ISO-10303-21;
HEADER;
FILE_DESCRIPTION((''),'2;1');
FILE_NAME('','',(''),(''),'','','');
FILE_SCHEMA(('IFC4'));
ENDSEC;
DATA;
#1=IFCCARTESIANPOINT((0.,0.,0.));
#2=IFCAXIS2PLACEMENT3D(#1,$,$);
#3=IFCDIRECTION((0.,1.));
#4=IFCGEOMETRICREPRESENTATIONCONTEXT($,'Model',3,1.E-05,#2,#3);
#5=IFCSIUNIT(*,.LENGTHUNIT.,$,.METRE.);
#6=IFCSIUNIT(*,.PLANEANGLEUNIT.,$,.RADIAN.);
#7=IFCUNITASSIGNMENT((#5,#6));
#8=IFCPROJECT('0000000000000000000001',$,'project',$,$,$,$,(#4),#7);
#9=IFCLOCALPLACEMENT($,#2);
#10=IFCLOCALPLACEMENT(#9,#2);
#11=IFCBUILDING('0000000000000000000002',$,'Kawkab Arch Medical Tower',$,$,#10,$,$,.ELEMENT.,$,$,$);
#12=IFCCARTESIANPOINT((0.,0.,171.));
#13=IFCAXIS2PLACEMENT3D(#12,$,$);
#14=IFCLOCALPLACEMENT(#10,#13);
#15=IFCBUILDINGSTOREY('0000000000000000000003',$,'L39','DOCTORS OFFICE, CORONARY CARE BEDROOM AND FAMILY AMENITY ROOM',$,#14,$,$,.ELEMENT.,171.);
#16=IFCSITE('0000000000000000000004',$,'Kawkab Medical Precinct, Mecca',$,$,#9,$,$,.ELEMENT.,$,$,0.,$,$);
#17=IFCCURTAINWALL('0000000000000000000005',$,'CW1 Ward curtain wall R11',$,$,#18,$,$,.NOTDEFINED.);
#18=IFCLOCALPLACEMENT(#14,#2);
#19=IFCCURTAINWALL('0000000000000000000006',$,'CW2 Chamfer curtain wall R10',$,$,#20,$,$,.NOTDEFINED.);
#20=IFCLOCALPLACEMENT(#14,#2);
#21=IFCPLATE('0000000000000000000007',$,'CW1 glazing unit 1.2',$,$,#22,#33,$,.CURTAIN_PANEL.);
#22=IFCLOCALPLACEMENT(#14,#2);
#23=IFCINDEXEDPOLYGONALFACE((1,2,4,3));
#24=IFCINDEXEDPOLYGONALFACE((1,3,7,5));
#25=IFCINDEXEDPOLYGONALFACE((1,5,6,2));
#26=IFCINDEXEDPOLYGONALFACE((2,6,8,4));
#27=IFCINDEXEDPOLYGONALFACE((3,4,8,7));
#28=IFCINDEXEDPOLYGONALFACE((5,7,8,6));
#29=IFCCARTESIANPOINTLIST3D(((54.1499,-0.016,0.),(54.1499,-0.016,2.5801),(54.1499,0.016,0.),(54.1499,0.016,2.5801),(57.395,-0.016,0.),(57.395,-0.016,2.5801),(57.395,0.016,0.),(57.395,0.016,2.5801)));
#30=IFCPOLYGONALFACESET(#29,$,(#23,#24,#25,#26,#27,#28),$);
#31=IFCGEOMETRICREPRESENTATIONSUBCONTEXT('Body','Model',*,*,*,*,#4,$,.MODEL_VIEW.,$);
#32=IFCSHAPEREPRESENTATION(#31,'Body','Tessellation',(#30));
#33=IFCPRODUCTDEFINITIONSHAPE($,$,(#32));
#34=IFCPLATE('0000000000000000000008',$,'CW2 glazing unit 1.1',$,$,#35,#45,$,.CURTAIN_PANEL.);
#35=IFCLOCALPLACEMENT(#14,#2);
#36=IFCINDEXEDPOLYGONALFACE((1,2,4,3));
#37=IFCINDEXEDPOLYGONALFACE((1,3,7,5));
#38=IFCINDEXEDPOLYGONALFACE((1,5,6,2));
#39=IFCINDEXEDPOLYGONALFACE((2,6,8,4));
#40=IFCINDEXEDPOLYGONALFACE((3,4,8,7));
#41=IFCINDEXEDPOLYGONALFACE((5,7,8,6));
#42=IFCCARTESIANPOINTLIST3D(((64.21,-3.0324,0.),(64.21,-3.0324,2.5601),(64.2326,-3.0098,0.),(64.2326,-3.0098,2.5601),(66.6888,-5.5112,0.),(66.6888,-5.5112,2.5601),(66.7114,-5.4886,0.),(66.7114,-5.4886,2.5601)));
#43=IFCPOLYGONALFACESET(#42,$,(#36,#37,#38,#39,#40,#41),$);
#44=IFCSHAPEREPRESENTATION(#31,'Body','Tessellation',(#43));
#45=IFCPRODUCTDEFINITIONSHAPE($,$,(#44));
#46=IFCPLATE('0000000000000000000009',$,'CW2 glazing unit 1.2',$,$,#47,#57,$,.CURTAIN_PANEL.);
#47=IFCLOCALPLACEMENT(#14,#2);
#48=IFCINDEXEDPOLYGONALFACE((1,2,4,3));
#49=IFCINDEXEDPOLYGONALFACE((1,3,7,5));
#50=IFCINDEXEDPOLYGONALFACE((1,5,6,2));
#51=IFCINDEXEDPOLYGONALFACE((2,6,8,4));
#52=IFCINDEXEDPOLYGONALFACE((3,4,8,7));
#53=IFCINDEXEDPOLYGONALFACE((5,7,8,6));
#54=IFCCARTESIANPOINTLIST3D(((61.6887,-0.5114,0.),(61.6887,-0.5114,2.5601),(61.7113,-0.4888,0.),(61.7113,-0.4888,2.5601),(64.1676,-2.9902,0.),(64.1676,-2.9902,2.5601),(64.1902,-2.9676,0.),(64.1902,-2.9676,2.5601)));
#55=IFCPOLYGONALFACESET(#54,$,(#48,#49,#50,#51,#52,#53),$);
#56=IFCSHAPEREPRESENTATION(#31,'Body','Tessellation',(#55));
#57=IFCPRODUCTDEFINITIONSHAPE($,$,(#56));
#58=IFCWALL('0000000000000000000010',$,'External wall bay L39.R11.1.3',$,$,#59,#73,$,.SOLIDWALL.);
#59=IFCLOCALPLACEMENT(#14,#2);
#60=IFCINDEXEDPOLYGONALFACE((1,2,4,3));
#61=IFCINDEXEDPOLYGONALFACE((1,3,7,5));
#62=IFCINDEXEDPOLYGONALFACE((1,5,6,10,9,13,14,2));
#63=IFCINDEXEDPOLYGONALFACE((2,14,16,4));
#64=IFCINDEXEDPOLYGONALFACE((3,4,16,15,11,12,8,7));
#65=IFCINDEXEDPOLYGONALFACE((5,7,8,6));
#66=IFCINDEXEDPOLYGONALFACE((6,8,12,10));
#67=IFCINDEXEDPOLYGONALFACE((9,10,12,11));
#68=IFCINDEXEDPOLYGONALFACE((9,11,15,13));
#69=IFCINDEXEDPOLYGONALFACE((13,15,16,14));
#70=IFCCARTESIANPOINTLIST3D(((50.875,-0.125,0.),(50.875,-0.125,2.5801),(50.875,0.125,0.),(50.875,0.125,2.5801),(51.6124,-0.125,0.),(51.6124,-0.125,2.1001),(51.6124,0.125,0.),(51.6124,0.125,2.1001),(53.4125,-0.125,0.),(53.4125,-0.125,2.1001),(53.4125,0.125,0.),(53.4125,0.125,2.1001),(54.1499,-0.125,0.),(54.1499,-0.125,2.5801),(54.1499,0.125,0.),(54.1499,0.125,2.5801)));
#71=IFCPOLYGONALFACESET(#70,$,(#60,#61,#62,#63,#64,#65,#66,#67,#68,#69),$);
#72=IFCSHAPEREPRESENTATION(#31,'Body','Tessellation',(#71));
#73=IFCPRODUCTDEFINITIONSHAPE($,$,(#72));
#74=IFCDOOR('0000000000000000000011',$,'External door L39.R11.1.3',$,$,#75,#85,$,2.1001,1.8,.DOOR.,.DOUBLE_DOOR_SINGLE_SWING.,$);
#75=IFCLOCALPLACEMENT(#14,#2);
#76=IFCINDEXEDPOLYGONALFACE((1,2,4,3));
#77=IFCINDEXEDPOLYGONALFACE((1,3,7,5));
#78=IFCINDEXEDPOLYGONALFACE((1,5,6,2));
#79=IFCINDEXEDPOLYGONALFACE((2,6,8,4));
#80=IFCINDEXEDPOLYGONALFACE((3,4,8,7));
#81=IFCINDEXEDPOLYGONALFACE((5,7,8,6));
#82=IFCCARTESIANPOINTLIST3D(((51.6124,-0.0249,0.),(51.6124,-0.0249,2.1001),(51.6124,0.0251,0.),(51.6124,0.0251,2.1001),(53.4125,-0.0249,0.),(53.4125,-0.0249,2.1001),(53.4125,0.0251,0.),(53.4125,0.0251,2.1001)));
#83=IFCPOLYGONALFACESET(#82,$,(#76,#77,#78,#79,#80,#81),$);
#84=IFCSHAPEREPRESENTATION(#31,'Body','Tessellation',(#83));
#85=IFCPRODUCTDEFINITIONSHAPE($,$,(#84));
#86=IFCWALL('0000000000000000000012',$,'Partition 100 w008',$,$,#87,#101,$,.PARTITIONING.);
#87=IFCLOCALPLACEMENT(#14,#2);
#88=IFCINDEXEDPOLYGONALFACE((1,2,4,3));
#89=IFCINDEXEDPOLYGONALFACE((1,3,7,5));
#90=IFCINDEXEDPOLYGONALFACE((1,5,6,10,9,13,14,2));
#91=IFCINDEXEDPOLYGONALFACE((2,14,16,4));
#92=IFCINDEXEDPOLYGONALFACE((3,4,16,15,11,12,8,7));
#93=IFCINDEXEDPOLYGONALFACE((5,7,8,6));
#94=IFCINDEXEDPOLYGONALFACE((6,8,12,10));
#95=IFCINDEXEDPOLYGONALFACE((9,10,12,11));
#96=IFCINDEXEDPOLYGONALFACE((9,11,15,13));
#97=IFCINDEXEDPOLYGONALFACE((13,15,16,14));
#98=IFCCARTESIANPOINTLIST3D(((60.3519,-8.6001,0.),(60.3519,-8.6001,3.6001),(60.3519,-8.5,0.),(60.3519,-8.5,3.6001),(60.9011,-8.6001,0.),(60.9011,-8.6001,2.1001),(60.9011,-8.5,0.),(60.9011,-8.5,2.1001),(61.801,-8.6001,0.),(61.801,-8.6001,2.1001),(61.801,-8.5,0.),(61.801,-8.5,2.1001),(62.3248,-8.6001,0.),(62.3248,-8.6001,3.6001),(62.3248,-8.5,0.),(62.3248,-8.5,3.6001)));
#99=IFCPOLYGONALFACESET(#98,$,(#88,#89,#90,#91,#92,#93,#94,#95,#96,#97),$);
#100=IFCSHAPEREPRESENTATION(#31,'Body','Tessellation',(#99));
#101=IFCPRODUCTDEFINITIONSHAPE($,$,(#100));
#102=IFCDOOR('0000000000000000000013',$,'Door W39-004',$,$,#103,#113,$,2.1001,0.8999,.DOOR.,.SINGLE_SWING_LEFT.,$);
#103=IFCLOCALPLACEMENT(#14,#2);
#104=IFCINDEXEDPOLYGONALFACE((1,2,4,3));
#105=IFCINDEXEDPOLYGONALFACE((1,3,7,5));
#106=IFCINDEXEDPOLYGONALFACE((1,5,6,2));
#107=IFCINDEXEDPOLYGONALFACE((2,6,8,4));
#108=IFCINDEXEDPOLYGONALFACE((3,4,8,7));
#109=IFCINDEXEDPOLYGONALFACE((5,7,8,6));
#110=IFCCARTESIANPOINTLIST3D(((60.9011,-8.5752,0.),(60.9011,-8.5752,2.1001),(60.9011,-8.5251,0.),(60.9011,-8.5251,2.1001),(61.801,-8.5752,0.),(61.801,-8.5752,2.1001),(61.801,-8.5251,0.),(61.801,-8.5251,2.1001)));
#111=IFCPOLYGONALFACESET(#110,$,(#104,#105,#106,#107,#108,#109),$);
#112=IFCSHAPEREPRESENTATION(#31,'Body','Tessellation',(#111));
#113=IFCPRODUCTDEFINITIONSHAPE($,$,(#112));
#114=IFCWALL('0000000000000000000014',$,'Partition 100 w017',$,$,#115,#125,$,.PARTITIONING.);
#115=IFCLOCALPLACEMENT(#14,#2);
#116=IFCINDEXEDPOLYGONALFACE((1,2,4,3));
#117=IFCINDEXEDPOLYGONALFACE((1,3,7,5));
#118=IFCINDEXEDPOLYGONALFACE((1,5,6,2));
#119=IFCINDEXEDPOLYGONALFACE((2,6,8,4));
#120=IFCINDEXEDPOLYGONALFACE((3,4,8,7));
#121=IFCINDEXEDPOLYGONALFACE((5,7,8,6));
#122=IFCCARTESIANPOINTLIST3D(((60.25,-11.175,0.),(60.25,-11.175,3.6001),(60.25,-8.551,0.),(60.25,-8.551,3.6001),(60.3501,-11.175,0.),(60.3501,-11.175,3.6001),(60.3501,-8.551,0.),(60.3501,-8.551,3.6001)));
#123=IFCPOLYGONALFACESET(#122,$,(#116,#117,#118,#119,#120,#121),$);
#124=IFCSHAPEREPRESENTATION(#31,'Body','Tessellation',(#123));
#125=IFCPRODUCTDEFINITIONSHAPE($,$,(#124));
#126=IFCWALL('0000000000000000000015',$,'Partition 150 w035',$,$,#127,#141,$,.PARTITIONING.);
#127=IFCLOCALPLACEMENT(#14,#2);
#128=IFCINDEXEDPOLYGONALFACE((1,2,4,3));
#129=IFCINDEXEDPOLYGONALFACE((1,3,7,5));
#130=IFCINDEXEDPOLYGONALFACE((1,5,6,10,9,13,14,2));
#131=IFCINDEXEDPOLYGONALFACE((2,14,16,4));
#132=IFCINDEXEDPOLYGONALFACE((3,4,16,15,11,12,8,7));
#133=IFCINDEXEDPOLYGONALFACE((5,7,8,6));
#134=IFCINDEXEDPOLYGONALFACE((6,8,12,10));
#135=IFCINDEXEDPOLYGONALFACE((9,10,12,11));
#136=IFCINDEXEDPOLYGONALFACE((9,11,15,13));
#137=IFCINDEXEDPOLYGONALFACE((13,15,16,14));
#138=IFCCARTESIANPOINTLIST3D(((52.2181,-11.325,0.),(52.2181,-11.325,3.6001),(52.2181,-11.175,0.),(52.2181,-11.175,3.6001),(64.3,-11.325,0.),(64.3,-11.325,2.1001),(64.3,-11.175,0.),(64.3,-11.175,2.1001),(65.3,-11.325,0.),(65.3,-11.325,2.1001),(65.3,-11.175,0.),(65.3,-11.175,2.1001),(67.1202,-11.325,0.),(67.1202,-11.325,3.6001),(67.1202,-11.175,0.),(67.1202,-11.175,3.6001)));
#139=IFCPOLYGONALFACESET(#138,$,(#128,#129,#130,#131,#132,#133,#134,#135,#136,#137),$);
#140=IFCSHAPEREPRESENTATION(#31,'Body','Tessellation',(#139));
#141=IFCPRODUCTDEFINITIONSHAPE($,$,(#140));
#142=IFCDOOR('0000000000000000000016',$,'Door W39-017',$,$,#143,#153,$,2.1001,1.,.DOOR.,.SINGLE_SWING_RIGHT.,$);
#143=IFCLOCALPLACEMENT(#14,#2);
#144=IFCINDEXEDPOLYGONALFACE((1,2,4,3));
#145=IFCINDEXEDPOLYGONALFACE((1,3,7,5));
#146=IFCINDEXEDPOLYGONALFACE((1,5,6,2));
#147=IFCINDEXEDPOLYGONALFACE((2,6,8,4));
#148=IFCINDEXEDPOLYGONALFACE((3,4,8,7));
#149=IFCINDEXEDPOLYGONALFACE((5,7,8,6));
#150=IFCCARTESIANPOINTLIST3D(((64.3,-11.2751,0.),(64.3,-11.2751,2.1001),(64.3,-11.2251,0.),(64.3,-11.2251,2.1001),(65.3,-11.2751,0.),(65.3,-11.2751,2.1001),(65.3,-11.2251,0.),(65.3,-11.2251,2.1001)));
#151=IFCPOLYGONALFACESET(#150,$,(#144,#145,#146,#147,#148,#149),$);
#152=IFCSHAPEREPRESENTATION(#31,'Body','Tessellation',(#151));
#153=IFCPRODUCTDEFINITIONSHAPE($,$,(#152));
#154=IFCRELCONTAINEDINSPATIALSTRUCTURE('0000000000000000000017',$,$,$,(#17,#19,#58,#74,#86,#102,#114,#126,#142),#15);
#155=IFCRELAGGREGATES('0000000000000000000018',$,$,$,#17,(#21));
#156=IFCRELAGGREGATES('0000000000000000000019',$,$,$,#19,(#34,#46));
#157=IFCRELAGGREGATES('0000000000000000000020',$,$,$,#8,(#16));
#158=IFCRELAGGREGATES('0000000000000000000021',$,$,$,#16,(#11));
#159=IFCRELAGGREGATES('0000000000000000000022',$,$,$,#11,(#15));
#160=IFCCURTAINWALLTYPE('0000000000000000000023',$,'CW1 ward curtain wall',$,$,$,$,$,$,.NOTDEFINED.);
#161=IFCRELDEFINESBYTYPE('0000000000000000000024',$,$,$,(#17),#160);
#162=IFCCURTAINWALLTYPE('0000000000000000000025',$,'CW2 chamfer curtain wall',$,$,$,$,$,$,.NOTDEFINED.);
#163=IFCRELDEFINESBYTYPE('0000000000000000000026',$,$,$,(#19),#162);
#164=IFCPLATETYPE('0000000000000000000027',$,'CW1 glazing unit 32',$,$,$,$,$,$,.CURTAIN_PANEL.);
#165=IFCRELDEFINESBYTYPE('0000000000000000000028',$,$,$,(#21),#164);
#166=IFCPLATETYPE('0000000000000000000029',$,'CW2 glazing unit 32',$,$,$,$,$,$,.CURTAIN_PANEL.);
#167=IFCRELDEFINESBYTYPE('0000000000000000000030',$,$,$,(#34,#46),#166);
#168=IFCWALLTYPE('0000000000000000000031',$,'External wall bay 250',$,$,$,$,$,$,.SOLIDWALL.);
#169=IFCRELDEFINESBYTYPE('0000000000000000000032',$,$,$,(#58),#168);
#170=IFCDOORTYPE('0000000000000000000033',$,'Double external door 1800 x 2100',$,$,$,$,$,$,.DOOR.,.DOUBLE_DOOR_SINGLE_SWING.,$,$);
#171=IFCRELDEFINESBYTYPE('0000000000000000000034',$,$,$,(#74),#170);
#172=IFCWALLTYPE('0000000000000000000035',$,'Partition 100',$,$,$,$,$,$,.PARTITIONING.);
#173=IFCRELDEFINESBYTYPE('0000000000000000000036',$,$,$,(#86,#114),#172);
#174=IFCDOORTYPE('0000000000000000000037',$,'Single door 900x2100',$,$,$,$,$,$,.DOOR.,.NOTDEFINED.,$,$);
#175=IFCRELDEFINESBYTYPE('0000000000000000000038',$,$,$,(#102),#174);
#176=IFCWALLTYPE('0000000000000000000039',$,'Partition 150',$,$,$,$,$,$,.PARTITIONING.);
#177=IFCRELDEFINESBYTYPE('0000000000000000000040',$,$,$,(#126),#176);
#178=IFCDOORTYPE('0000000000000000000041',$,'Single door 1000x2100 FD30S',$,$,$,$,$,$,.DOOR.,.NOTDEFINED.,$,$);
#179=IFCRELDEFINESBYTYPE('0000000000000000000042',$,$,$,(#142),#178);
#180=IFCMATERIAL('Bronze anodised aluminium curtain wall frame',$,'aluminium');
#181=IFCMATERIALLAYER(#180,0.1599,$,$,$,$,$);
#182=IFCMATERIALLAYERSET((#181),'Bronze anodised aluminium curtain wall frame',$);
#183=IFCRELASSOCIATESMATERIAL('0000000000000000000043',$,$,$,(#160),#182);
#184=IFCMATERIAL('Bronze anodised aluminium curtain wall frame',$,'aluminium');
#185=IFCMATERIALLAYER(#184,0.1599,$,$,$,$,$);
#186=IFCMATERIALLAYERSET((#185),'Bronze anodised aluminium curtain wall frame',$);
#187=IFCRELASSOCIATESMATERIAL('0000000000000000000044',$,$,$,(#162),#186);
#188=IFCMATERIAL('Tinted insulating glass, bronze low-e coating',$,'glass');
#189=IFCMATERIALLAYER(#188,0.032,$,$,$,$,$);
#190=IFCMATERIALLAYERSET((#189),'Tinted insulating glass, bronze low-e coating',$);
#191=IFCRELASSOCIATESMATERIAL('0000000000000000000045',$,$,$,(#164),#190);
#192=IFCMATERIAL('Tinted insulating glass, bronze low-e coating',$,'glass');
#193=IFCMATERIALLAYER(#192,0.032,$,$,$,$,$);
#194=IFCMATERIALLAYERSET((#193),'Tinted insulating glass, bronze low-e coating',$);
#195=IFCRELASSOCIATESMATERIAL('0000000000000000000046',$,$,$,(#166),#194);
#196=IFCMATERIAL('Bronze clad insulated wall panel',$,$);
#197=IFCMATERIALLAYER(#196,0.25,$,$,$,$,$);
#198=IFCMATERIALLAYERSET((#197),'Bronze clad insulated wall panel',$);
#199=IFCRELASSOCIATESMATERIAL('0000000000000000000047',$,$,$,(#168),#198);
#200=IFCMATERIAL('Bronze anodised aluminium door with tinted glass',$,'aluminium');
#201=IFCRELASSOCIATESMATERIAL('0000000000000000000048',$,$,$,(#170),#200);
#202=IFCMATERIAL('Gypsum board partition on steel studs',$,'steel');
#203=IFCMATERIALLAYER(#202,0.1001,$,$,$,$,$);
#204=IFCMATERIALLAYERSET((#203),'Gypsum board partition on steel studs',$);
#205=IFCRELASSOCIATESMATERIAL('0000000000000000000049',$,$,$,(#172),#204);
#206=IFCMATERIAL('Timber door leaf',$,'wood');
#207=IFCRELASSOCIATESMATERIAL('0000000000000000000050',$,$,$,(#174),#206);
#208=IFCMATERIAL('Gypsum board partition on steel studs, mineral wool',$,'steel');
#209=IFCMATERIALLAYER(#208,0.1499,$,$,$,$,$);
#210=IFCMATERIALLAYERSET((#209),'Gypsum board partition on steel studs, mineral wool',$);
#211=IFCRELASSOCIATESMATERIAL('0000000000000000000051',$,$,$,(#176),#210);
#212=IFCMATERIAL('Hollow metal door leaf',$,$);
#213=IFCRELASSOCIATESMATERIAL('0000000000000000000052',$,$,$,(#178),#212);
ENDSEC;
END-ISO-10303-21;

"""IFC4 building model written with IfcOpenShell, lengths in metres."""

from ifc_helpers import new_model, si_unit, direction, frame, frame_2d, origin, origin_2d, place, context, subcontext, project, spatial, rectangle, extrude, material, layer, layer_set, type_object, element, fill, aggregate, save


model = new_model("IFC4")

# Units and contexts
model_context = context("Model", 3, precision=1e-05, world=origin(), true_north=direction((0.0, 1.0)))
body_context = subcontext(model_context, "Body", "Model", "MODEL_VIEW")
ifc_project = project(units=[si_unit("LENGTHUNIT", "METRE"), si_unit("PLANEANGLEUNIT", "RADIAN")], contexts=[model_context])

# Site, building, storey
site_placement = place(None, origin())
site = spatial("IfcSite", under=ifc_project, at=site_placement, Name="Kawkab Medical Precinct, Mecca", CompositionType="ELEMENT", RefElevation=0.0)
building_placement = place(site_placement, origin())
building = spatial("IfcBuilding", under=site, at=building_placement, Name="Kawkab Arch Medical Tower", CompositionType="ELEMENT")
storey_placement = place(building_placement, frame((0.0, 0.0, 171.0)))
storey = spatial("IfcBuildingStorey", under=building, at=storey_placement, Name="L39", Description="DOCTORS OFFICE, CORONARY CARE BEDROOM AND FAMILY AMENITY ROOM", CompositionType="ELEMENT", Elevation=171.0)

# Shared definitions
ifc_material_1 = material(Name="Bronze anodised aluminium curtain wall frame", Category="aluminium")
ifc_layer_1 = layer(ifc_material_1, 0.1599)
ifc_layer_set_1 = layer_set([ifc_layer_1], Name="Bronze anodised aluminium curtain wall frame")
curtain_wall_type_1 = type_object("IfcCurtainWallType", Name="CW1 ward curtain wall", PredefinedType="NOTDEFINED", material=ifc_layer_set_1)
placement = place(storey_placement, origin())

# Curtain walls
curtain_wall_1 = element("IfcCurtainWall", 1, at=placement, inside=storey, type_object=curtain_wall_type_1, Name="CW1 Ward curtain wall R11", PredefinedType="NOTDEFINED")
ifc_material_2 = material(Name="Bronze anodised aluminium curtain wall frame", Category="aluminium")
ifc_layer_2 = layer(ifc_material_2, 0.1599)
ifc_layer_set_2 = layer_set([ifc_layer_2], Name="Bronze anodised aluminium curtain wall frame")
curtain_wall_type_2 = type_object("IfcCurtainWallType", Name="CW2 chamfer curtain wall", PredefinedType="NOTDEFINED", material=ifc_layer_set_2)
curtain_wall_2 = element("IfcCurtainWall", 2, at=placement, inside=storey, type_object=curtain_wall_type_2, Name="CW2 Chamfer curtain wall R10", PredefinedType="NOTDEFINED")

# Plates
ifc_material_3 = material(Name="Tinted insulating glass, bronze low-e coating", Category="glass")
ifc_layer_3 = layer(ifc_material_3, 0.032)
ifc_layer_set_3 = layer_set([ifc_layer_3], Name="Tinted insulating glass, bronze low-e coating")
plate_type_1 = type_object("IfcPlateType", Name="CW1 glazing unit 32", PredefinedType="CURTAIN_PANEL", material=ifc_layer_set_3)
plate_1_placement = place(storey_placement, frame((55.7725, 0.0, 0.0), z_axis=(0.0, 0.0, 1.0), x_axis=(-1.0, 0.0, 0.0)))
plate_1 = element("IfcPlate", 3, at=plate_1_placement, type_object=plate_type_1, Name="CW1 glazing unit 1.2", PredefinedType="CURTAIN_PANEL", context=body_context, shape_type="SweptSolid", body=[
    extrude(rectangle(XDim=3.2451, YDim=0.032, at=origin_2d()), origin(), (0.0, 0.0, 1.0), 2.5801),
])
aggregate(curtain_wall_1, [plate_1])
ifc_material_4 = material(Name="Tinted insulating glass, bronze low-e coating", Category="glass")
ifc_layer_4 = layer(ifc_material_4, 0.032)
ifc_layer_set_4 = layer_set([ifc_layer_4], Name="Tinted insulating glass, bronze low-e coating")
plate_type_2 = type_object("IfcPlateType", Name="CW2 glazing unit 32", PredefinedType="CURTAIN_PANEL", material=ifc_layer_set_4)
plate_2_placement = place(storey_placement, frame((65.4607, -4.2605, 0.0), z_axis=(0.0, 0.0, 1.0), x_axis=(-0.707107, 0.707107, 0.0)))
plate_2 = element("IfcPlate", 4, at=plate_2_placement, type_object=plate_type_2, Name="CW2 glazing unit 1.1", PredefinedType="CURTAIN_PANEL", context=body_context, shape_type="SweptSolid", body=[
    extrude(rectangle(XDim=3.5056, YDim=0.032, at=origin_2d()), origin(), (0.0, 0.0, 1.0), 2.5601),
])
plate_3_placement = place(storey_placement, frame((62.9395, -1.7395, 0.0), z_axis=(0.0, 0.0, 1.0), x_axis=(-0.707107, 0.707107, 0.0)))
plate_3 = element("IfcPlate", 5, at=plate_3_placement, type_object=plate_type_2, Name="CW2 glazing unit 1.2", PredefinedType="CURTAIN_PANEL", context=body_context, shape_type="SweptSolid", body=[
    extrude(rectangle(XDim=3.5056, YDim=0.032, at=origin_2d()), origin(), (0.0, 0.0, 1.0), 2.5601),
])
aggregate(curtain_wall_2, [plate_2, plate_3])

# Walls, openings, doors
ifc_material_5 = material(Name="Bronze clad insulated wall panel")
ifc_layer_5 = layer(ifc_material_5, 0.25)
ifc_layer_set_5 = layer_set([ifc_layer_5], Name="Bronze clad insulated wall panel")
wall_type_1 = type_object("IfcWallType", Name="External wall bay 250", PredefinedType="SOLIDWALL", material=ifc_layer_set_5)
wall_1_placement = place(storey_placement, frame((54.1499, 0.0, 0.0), z_axis=(0.0, 0.0, 1.0), x_axis=(-1.0, 0.0, 0.0)))
wall_1 = element("IfcWall", 6, at=wall_1_placement, inside=storey, type_object=wall_type_1, Name="External wall bay L39.R11.1.3", PredefinedType="SOLIDWALL", context=body_context, shape_type="SweptSolid", body=[
    extrude(rectangle(XDim=3.2749, YDim=0.25, at=frame_2d((1.6375, 0.0))), origin(), (0.0, 0.0, 1.0), 2.5801),
])
opening_1_placement = place(wall_1_placement, frame((0.7375, 0.0, 0.0)))
opening_1 = element("IfcOpeningElement", 7, at=opening_1_placement, cuts=wall_1, PredefinedType="OPENING", context=body_context, shape_type="SweptSolid", body=[
    extrude(rectangle(XDim=1.8, YDim=2.1001, at=frame_2d((0.8999, 1.05))), frame((0.0, 0.135, 0.0), z_axis=(0.0, -1.0, 0.0), x_axis=(1.0, 0.0, 0.0)), (0.0, 0.0, 1.0), 0.27),
])
ifc_material_6 = material(Name="Bronze anodised aluminium door with tinted glass", Category="aluminium")
door_type_1 = type_object("IfcDoorType", Name="Double external door 1800 x 2100", OperationType="DOUBLE_DOOR_SINGLE_SWING", PredefinedType="DOOR", material=ifc_material_6)
door_1_placement = place(opening_1_placement, origin())
door_1 = element("IfcDoor", 8, at=door_1_placement, inside=storey, type_object=door_type_1, Name="External door L39.R11.1.3", OperationType="DOUBLE_DOOR_SINGLE_SWING", OverallHeight=2.1001, OverallWidth=1.8, PredefinedType="DOOR", context=body_context, shape_type="SweptSolid", body=[
    extrude(rectangle(XDim=1.8, YDim=2.1001, at=frame_2d((0.8999, 1.05))), frame((0.0, 0.0249, 0.0), z_axis=(0.0, -1.0, 0.0), x_axis=(1.0, 0.0, 0.0)), (0.0, 0.0, 1.0), 0.05),
])
fill(opening_1, door_1)
ifc_material_7 = material(Name="Gypsum board partition on steel studs", Category="steel")
ifc_layer_6 = layer(ifc_material_7, 0.1001)
ifc_layer_set_6 = layer_set([ifc_layer_6], Name="Gypsum board partition on steel studs")
wall_type_2 = type_object("IfcWallType", Name="Partition 100", PredefinedType="PARTITIONING", material=ifc_layer_set_6)
wall_2_placement = place(storey_placement, frame((60.3521, -8.55, 0.0), z_axis=(0.0, 0.0, 1.0), x_axis=(1.0, 0.0, 0.0)))
wall_2 = element("IfcWall", 9, at=wall_2_placement, inside=storey, type_object=wall_type_2, Name="Partition 100 w008", PredefinedType="PARTITIONING", context=body_context, shape_type="SweptSolid", body=[
    extrude(rectangle(XDim=1.9729, YDim=0.1001, at=frame_2d((0.9863, 0.0))), origin(), (0.0, 0.0, 1.0), 3.6001),
])
opening_2_placement = place(wall_2_placement, frame((0.5491, 0.0, 0.0)))
opening_2 = element("IfcOpeningElement", 10, at=opening_2_placement, cuts=wall_2, PredefinedType="OPENING", context=body_context, shape_type="SweptSolid", body=[
    extrude(rectangle(XDim=0.8999, YDim=2.1001, at=frame_2d((0.45, 1.05))), frame((0.0, 0.0601, 0.0), z_axis=(0.0, -1.0, 0.0), x_axis=(1.0, 0.0, 0.0)), (0.0, 0.0, 1.0), 0.1201),
])
ifc_material_8 = material(Name="Timber door leaf", Category="wood")
door_type_2 = type_object("IfcDoorType", Name="Single door 900x2100", OperationType="NOTDEFINED", PredefinedType="DOOR", material=ifc_material_8)
door_2_placement = place(opening_2_placement, origin())
door_2 = element("IfcDoor", 11, at=door_2_placement, inside=storey, type_object=door_type_2, Name="Door W39-004", OperationType="SINGLE_SWING_LEFT", OverallHeight=2.1001, OverallWidth=0.8999, PredefinedType="DOOR", context=body_context, shape_type="SweptSolid", body=[
    extrude(rectangle(XDim=0.8999, YDim=2.1001, at=frame_2d((0.45, 1.05))), frame((0.0, 0.0249, 0.0), z_axis=(0.0, -1.0, 0.0), x_axis=(1.0, 0.0, 0.0)), (0.0, 0.0, 1.0), 0.05),
])
fill(opening_2, door_2)

# Wall
wall_3_placement = place(storey_placement, frame((60.3, -11.175, 0.0), z_axis=(0.0, 0.0, 1.0), x_axis=(0.0, 1.0, 0.0)))
element("IfcWall", 12, at=wall_3_placement, inside=storey, type_object=wall_type_2, Name="Partition 100 w017", PredefinedType="PARTITIONING", context=body_context, shape_type="SweptSolid", body=[
    extrude(rectangle(XDim=2.624, YDim=0.1001, at=frame_2d((1.312, 0.0))), origin(), (0.0, 0.0, 1.0), 3.6001),
])

# Wall, opening, door
ifc_material_9 = material(Name="Gypsum board partition on steel studs, mineral wool", Category="steel")
ifc_layer_7 = layer(ifc_material_9, 0.1499)
ifc_layer_set_7 = layer_set([ifc_layer_7], Name="Gypsum board partition on steel studs, mineral wool")
wall_type_3 = type_object("IfcWallType", Name="Partition 150", PredefinedType="PARTITIONING", material=ifc_layer_set_7)
wall_4_placement = place(storey_placement, frame((52.218, -11.25, 0.0), z_axis=(0.0, 0.0, 1.0), x_axis=(1.0, 0.0, 0.0)))
wall_4 = element("IfcWall", 13, at=wall_4_placement, inside=storey, type_object=wall_type_3, Name="Partition 150 w035", PredefinedType="PARTITIONING", context=body_context, shape_type="SweptSolid", body=[
    extrude(rectangle(XDim=14.9021, YDim=0.1499, at=frame_2d((7.4512, 0.0))), origin(), (0.0, 0.0, 1.0), 3.6001),
])
opening_3_placement = place(wall_4_placement, frame((12.082, 0.0, 0.0)))
opening_3 = element("IfcOpeningElement", 14, at=opening_3_placement, cuts=wall_4, PredefinedType="OPENING", context=body_context, shape_type="SweptSolid", body=[
    extrude(rectangle(XDim=1.0, YDim=2.1001, at=frame_2d((0.5, 1.05))), frame((0.0, 0.085, 0.0), z_axis=(0.0, -1.0, 0.0), x_axis=(1.0, 0.0, 0.0)), (0.0, 0.0, 1.0), 0.1699),
])
ifc_material_10 = material(Name="Hollow metal door leaf")
door_type_3 = type_object("IfcDoorType", Name="Single door 1000x2100 FD30S", OperationType="NOTDEFINED", PredefinedType="DOOR", material=ifc_material_10)
door_3_placement = place(opening_3_placement, origin())
door_3 = element("IfcDoor", 15, at=door_3_placement, inside=storey, type_object=door_type_3, Name="Door W39-017", OperationType="SINGLE_SWING_RIGHT", OverallHeight=2.1001, OverallWidth=1.0, PredefinedType="DOOR", context=body_context, shape_type="SweptSolid", body=[
    extrude(rectangle(XDim=1.0, YDim=2.1001, at=frame_2d((0.5, 1.05))), frame((0.0, 0.0249, 0.0), z_axis=(0.0, -1.0, 0.0), x_axis=(1.0, 0.0, 0.0)), (0.0, 0.0, 1.0), 0.05),
])
fill(opening_3, door_3)

save(model, "model.ifc")
